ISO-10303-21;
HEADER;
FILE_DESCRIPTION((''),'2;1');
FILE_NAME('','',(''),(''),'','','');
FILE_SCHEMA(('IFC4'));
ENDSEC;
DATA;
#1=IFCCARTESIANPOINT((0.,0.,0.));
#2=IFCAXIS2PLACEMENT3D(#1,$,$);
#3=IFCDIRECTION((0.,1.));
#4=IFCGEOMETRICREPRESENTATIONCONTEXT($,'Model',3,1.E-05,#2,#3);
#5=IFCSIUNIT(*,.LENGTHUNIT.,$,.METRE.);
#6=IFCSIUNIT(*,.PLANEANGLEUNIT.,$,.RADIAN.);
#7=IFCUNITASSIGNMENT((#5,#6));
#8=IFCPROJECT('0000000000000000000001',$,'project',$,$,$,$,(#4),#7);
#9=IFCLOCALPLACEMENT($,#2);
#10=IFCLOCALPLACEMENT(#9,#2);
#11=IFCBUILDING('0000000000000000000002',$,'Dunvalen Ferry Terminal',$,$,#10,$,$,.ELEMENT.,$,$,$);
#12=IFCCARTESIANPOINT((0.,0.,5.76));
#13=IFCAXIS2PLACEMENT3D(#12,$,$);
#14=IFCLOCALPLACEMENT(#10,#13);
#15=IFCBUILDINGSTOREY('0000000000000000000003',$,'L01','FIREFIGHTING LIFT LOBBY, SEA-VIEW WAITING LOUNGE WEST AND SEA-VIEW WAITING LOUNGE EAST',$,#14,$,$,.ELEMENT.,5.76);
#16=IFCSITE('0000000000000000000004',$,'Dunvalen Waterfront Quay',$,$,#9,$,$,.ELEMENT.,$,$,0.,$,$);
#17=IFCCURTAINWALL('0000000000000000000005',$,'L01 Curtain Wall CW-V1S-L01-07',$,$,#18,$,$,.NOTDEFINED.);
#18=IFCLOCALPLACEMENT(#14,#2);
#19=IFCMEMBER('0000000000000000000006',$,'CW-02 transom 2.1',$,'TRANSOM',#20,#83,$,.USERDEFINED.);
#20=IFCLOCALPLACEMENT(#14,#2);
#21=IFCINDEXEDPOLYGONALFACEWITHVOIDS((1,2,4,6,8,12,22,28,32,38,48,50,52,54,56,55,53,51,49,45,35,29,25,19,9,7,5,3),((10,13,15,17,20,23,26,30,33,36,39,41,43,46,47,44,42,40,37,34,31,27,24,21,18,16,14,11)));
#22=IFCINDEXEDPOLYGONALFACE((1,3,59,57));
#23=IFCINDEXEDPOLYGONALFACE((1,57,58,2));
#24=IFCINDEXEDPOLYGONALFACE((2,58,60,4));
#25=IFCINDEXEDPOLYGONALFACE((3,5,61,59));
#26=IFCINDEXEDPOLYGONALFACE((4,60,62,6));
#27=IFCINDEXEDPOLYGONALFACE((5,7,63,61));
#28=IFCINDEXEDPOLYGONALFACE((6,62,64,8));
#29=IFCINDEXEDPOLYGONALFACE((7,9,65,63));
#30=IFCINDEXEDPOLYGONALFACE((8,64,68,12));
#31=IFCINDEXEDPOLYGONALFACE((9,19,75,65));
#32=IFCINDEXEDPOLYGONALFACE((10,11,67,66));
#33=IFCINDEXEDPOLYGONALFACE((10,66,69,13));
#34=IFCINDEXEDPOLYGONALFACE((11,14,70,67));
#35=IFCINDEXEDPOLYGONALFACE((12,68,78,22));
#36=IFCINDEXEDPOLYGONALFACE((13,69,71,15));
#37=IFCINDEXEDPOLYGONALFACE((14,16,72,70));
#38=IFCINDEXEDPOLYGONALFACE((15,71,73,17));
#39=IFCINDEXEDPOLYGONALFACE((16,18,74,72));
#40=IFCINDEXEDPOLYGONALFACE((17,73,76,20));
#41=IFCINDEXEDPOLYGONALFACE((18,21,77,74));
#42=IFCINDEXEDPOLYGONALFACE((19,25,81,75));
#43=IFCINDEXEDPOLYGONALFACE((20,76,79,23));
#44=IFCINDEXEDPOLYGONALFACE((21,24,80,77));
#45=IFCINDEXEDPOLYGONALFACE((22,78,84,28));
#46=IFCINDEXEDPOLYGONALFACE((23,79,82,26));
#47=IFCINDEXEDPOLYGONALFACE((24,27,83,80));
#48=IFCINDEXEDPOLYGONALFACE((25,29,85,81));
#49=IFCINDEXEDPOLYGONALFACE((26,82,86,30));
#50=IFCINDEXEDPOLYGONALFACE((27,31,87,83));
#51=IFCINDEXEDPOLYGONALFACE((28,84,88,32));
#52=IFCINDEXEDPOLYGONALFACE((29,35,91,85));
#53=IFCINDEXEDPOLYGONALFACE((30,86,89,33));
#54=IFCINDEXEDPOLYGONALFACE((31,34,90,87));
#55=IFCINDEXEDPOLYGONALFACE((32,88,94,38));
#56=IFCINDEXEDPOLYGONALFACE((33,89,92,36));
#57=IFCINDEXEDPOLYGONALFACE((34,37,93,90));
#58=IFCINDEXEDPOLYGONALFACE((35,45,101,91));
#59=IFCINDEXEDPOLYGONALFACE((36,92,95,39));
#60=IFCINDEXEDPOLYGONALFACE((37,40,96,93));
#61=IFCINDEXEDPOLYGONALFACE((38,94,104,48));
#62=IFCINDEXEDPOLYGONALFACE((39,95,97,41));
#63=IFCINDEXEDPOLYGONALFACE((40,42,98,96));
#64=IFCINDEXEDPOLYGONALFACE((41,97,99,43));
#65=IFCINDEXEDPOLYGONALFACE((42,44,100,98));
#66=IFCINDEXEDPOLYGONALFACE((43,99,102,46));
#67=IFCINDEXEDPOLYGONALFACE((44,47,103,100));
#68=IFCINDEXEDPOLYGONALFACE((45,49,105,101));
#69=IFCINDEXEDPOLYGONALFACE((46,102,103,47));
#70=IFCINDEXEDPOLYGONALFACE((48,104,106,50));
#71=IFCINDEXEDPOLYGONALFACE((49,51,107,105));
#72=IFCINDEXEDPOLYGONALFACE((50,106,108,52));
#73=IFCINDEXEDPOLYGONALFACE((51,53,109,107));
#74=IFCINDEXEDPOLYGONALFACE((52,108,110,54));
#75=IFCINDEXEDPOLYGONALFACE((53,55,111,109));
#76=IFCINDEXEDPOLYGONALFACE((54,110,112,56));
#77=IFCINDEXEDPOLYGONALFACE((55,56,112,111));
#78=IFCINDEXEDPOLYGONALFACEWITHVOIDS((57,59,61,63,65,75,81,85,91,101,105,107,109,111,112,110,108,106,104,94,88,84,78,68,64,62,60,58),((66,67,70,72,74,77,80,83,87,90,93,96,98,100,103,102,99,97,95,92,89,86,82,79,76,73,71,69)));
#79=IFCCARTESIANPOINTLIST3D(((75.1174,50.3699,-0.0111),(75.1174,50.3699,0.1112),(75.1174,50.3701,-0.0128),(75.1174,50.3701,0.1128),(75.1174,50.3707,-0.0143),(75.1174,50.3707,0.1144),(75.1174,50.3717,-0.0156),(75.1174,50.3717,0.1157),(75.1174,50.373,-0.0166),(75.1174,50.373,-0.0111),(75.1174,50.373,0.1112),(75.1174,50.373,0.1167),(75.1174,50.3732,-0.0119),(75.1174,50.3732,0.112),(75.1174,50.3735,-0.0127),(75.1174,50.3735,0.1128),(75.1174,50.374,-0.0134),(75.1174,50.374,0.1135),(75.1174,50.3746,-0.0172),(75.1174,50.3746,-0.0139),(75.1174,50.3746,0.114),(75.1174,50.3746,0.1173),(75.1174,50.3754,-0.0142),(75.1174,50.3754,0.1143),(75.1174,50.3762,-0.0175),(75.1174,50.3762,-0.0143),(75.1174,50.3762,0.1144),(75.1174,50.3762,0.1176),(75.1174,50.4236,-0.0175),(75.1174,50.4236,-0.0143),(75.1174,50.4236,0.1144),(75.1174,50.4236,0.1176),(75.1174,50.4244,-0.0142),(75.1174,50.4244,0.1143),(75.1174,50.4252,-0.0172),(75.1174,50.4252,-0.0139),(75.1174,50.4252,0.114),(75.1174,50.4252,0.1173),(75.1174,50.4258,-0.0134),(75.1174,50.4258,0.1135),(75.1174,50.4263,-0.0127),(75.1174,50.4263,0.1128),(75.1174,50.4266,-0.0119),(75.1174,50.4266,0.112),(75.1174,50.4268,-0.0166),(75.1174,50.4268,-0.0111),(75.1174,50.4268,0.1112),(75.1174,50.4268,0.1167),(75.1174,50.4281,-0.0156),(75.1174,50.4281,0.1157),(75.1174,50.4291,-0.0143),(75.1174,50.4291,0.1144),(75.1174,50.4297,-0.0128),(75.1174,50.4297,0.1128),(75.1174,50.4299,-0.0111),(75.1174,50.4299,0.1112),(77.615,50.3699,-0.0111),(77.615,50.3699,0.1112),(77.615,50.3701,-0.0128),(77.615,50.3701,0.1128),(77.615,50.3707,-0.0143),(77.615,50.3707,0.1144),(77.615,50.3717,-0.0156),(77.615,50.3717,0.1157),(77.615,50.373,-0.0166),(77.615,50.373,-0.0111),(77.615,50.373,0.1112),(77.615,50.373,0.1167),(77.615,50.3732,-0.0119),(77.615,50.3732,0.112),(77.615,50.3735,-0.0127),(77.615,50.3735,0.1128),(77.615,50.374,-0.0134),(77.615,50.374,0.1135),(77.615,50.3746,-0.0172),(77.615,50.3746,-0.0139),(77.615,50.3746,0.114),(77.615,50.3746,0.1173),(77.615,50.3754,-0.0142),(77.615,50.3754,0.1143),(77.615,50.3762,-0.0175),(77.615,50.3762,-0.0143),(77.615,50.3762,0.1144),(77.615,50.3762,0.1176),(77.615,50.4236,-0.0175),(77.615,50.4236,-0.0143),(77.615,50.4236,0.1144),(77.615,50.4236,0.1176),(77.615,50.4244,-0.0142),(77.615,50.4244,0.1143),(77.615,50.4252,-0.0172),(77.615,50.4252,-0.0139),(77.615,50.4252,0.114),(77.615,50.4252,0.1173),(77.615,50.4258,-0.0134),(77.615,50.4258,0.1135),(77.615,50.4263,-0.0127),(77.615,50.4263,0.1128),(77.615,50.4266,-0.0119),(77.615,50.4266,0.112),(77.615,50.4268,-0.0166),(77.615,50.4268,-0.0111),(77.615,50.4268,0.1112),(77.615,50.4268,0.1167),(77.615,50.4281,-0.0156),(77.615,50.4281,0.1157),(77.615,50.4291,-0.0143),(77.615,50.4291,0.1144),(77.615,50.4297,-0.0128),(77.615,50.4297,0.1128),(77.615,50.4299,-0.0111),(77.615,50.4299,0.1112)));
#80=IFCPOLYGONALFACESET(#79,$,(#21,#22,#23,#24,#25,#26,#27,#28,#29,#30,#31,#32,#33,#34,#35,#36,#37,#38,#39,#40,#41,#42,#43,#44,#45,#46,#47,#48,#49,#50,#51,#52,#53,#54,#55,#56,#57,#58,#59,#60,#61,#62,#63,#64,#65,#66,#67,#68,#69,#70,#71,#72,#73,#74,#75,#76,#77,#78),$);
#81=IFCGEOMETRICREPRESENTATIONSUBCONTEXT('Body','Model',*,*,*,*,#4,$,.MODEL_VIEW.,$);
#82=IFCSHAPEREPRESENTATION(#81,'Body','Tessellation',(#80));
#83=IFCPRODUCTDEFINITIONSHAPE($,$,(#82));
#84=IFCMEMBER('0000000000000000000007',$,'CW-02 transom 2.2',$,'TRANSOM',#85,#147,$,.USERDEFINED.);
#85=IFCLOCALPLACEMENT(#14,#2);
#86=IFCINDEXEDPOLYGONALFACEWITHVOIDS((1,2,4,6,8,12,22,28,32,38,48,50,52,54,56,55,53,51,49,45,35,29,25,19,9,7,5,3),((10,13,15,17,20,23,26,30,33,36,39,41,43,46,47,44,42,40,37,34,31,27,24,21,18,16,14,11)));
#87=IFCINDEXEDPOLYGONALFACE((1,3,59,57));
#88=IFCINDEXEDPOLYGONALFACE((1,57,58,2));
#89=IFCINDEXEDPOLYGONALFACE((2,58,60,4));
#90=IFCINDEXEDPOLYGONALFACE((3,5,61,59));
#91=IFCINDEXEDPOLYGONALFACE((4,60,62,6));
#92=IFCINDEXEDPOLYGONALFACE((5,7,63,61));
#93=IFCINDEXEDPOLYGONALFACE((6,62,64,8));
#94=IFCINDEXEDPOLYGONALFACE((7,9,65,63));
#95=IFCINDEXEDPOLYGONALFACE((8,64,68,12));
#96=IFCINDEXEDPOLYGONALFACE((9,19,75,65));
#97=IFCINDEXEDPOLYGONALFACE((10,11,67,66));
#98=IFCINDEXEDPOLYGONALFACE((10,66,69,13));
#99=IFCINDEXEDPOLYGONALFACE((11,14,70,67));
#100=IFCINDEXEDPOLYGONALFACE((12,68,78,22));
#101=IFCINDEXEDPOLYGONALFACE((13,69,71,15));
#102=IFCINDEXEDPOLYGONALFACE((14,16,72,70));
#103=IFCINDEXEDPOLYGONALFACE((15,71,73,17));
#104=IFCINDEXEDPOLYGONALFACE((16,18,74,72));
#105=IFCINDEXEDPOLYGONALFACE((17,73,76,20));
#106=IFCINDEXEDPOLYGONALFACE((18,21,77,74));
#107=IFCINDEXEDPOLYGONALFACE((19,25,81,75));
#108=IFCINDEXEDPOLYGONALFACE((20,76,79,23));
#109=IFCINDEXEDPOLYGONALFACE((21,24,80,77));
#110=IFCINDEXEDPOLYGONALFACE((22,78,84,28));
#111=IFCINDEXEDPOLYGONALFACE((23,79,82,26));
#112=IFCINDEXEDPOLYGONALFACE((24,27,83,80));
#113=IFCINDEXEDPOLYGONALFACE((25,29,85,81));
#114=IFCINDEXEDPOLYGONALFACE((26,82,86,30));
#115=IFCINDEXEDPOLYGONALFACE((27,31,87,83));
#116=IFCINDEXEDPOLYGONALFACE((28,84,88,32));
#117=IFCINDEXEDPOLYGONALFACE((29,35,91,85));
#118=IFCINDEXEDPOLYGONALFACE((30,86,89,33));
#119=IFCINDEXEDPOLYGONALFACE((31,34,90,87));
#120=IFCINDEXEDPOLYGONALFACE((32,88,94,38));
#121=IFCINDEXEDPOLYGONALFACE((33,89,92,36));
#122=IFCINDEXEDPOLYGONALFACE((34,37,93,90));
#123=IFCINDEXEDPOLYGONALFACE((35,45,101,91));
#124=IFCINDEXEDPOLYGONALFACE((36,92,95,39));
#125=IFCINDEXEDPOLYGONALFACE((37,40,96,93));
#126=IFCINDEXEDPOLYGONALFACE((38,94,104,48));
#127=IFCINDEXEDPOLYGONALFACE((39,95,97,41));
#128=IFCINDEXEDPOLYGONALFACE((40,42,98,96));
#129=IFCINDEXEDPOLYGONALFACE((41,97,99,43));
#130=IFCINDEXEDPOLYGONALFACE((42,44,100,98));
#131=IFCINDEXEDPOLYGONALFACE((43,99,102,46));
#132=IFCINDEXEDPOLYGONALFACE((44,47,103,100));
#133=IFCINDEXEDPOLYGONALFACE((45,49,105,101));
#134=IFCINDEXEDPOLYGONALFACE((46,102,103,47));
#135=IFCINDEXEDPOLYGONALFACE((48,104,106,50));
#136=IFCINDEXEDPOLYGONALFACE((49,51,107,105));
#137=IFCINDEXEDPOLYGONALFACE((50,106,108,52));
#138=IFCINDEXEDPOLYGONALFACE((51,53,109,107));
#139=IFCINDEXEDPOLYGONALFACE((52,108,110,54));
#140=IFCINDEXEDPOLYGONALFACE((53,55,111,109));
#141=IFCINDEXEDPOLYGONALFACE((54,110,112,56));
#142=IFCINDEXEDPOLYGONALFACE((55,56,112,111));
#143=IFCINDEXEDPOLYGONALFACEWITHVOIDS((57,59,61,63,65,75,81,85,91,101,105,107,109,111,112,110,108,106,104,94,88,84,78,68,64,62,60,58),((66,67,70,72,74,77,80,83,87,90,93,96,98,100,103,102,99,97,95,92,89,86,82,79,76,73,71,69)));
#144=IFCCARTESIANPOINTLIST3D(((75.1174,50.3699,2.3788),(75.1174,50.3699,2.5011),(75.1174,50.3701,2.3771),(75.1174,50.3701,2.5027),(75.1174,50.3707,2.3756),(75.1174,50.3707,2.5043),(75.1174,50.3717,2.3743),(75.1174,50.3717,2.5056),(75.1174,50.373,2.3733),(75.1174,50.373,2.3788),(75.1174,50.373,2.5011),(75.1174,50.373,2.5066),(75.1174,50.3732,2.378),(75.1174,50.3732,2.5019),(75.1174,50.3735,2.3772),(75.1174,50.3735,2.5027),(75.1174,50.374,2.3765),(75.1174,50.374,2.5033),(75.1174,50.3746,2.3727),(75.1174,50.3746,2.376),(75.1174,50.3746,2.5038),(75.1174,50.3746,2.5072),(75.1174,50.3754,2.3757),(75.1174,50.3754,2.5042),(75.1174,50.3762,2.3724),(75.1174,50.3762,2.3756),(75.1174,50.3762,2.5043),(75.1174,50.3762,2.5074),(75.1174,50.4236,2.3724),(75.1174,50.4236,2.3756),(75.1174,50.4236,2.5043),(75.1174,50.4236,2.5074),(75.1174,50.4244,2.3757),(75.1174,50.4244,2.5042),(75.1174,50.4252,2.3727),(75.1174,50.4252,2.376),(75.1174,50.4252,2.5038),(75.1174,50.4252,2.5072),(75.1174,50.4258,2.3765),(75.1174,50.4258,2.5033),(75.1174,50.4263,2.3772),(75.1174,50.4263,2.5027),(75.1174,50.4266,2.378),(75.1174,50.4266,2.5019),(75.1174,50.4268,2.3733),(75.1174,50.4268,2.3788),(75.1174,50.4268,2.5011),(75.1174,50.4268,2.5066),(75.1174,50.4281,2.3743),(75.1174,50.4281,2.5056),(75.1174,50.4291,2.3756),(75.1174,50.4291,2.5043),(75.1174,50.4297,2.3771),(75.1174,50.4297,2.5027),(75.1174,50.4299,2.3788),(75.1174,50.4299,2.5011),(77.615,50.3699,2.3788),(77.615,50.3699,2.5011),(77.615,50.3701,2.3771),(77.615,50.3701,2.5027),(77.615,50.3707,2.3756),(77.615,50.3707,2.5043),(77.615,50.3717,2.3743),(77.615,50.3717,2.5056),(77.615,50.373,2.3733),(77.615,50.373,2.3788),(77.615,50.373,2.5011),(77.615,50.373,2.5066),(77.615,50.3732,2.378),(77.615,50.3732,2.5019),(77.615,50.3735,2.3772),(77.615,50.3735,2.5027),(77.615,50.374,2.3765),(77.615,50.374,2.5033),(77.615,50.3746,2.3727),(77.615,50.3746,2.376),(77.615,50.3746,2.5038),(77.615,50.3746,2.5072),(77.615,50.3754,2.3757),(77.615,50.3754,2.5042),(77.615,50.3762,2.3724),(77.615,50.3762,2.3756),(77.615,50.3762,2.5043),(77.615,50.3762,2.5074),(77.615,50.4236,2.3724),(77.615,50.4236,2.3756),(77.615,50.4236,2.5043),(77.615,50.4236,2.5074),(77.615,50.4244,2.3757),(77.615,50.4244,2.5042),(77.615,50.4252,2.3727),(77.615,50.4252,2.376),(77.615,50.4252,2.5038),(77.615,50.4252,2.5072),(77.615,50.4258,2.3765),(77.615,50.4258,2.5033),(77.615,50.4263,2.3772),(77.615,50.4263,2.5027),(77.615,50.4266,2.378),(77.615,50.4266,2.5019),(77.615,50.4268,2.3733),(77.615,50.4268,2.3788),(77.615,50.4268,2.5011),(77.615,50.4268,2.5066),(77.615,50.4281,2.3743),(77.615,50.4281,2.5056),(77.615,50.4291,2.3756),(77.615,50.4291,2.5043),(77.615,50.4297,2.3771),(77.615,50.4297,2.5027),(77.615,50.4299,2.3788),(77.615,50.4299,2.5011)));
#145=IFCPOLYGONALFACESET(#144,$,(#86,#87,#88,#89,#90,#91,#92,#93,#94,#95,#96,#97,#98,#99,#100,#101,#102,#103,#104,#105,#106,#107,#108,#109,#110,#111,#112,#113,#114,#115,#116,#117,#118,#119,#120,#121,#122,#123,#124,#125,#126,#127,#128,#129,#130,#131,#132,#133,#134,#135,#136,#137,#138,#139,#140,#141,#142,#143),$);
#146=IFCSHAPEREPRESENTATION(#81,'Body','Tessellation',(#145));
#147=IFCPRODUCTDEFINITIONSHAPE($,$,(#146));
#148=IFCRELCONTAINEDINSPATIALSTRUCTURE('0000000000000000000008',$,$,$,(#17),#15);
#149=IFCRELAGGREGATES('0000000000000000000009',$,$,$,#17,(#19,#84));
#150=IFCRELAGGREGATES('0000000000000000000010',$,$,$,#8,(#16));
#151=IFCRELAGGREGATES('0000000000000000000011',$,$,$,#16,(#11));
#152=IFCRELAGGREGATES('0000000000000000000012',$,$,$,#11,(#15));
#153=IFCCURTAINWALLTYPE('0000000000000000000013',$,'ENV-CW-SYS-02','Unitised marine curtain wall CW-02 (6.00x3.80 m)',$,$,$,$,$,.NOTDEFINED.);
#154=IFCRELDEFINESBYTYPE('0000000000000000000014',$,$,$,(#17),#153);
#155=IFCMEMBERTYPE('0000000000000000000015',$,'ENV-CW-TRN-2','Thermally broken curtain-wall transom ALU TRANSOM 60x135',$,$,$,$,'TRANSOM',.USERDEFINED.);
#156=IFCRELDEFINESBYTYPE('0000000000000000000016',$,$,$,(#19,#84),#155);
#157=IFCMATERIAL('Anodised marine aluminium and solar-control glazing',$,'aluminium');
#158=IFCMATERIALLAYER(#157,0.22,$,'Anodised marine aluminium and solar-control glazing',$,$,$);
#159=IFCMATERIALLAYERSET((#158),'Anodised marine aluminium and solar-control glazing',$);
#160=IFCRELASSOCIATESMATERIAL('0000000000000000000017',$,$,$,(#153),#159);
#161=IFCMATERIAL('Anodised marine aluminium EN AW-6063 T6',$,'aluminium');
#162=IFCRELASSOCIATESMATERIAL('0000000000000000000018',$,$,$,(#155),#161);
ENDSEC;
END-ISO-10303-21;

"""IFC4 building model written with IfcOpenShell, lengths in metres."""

from ifc_helpers import new_model, si_unit, direction, frame, origin, origin_2d, place, context, subcontext, project, spatial, hollow_rectangle, extrude, material, layer, layer_set, material_profile, profile_set, type_object, element, aggregate, save


model = new_model("IFC4")

# Units and contexts
model_context = context("Model", 3, precision=1e-05, world=origin(), true_north=direction((0.0, 1.0)))
body_context = subcontext(model_context, "Body", "Model", "MODEL_VIEW")
ifc_project = project(units=[si_unit("LENGTHUNIT", "METRE"), si_unit("PLANEANGLEUNIT", "RADIAN")], contexts=[model_context])

# Site, building, storey
site_placement = place(None, origin())
site = spatial("IfcSite", under=ifc_project, at=site_placement, Name="Dunvalen Waterfront Quay", CompositionType="ELEMENT", RefElevation=0.0)
building_placement = place(site_placement, origin())
building = spatial("IfcBuilding", under=site, at=building_placement, Name="Dunvalen Ferry Terminal", CompositionType="ELEMENT")
storey_placement = place(building_placement, frame((0.0, 0.0, 5.76)))
storey = spatial("IfcBuildingStorey", under=building, at=storey_placement, Name="L01", Description="FIREFIGHTING LIFT LOBBY, SEA-VIEW WAITING LOUNGE WEST AND SEA-VIEW WAITING LOUNGE EAST", CompositionType="ELEMENT", Elevation=5.76)

# Curtain wall, members
ifc_material_1 = material(Name="Anodised marine aluminium and solar-control glazing", Category="aluminium")
ifc_layer_1 = layer(ifc_material_1, 0.22, Name="Anodised marine aluminium and solar-control glazing")
ifc_layer_set_1 = layer_set([ifc_layer_1], Name="Anodised marine aluminium and solar-control glazing")
curtain_wall_type = type_object("IfcCurtainWallType", Name="ENV-CW-SYS-02", Description="Unitised marine curtain wall CW-02 (6.00x3.80 m)", PredefinedType="NOTDEFINED", material=ifc_layer_set_1)
curtain_wall_placement = place(storey_placement, origin())
curtain_wall = element("IfcCurtainWall", 1, at=curtain_wall_placement, inside=storey, type_object=curtain_wall_type, Name="L01 Curtain Wall CW-V1S-L01-07", PredefinedType="NOTDEFINED")
ifc_material_2 = material(Name="Anodised marine aluminium EN AW-6063 T6", Category="aluminium")
ifc_material_profile_1 = material_profile(ifc_material_2, hollow_rectangle(XDim=0.0601, YDim=0.135, WallThickness=0.0032, InnerFilletRadius=0.0032, OuterFilletRadius=0.0063, at=origin_2d()), Name="Anodised marine aluminium EN AW-6063 T6")
ifc_profile_set_1 = profile_set([ifc_material_profile_1], Name="Anodised marine aluminium EN AW-6063 T6")
member_type_1 = type_object("IfcMemberType", Name="ENV-CW-TRN-2", Description="Thermally broken curtain-wall transom ALU TRANSOM 60x135", ElementType="TRANSOM", PredefinedType="USERDEFINED", material=ifc_profile_set_1)
member_1_placement = place(storey_placement, frame((75.1174, 50.3999, 0.05), z_axis=(1.0, 0.0, 0.0), x_axis=(0.0, 1.0, 0.0)))
member_1 = element("IfcMember", 2, at=member_1_placement, type_object=member_type_1, Name="CW-02 transom 2.1", ObjectType="TRANSOM", PredefinedType="USERDEFINED", context=body_context, shape_type="SweptSolid", body=[
    extrude(hollow_rectangle(XDim=0.0601, YDim=0.135, WallThickness=0.0032, InnerFilletRadius=0.0032, OuterFilletRadius=0.0063, at=origin_2d()), origin(), (0.0, 0.0, 1.0), 2.4976),
])
member_2_placement = place(storey_placement, frame((75.1174, 50.3999, 2.4399), z_axis=(1.0, 0.0, 0.0), x_axis=(0.0, 1.0, 0.0)))
member_2 = element("IfcMember", 3, at=member_2_placement, type_object=member_type_1, Name="CW-02 transom 2.2", ObjectType="TRANSOM", PredefinedType="USERDEFINED", context=body_context, shape_type="SweptSolid", body=[
    extrude(hollow_rectangle(XDim=0.0601, YDim=0.135, WallThickness=0.0032, InnerFilletRadius=0.0032, OuterFilletRadius=0.0063, at=origin_2d()), origin(), (0.0, 0.0, 1.0), 2.4976),
])

aggregate(curtain_wall, [member_1, member_2])

save(model, "model.ifc")
